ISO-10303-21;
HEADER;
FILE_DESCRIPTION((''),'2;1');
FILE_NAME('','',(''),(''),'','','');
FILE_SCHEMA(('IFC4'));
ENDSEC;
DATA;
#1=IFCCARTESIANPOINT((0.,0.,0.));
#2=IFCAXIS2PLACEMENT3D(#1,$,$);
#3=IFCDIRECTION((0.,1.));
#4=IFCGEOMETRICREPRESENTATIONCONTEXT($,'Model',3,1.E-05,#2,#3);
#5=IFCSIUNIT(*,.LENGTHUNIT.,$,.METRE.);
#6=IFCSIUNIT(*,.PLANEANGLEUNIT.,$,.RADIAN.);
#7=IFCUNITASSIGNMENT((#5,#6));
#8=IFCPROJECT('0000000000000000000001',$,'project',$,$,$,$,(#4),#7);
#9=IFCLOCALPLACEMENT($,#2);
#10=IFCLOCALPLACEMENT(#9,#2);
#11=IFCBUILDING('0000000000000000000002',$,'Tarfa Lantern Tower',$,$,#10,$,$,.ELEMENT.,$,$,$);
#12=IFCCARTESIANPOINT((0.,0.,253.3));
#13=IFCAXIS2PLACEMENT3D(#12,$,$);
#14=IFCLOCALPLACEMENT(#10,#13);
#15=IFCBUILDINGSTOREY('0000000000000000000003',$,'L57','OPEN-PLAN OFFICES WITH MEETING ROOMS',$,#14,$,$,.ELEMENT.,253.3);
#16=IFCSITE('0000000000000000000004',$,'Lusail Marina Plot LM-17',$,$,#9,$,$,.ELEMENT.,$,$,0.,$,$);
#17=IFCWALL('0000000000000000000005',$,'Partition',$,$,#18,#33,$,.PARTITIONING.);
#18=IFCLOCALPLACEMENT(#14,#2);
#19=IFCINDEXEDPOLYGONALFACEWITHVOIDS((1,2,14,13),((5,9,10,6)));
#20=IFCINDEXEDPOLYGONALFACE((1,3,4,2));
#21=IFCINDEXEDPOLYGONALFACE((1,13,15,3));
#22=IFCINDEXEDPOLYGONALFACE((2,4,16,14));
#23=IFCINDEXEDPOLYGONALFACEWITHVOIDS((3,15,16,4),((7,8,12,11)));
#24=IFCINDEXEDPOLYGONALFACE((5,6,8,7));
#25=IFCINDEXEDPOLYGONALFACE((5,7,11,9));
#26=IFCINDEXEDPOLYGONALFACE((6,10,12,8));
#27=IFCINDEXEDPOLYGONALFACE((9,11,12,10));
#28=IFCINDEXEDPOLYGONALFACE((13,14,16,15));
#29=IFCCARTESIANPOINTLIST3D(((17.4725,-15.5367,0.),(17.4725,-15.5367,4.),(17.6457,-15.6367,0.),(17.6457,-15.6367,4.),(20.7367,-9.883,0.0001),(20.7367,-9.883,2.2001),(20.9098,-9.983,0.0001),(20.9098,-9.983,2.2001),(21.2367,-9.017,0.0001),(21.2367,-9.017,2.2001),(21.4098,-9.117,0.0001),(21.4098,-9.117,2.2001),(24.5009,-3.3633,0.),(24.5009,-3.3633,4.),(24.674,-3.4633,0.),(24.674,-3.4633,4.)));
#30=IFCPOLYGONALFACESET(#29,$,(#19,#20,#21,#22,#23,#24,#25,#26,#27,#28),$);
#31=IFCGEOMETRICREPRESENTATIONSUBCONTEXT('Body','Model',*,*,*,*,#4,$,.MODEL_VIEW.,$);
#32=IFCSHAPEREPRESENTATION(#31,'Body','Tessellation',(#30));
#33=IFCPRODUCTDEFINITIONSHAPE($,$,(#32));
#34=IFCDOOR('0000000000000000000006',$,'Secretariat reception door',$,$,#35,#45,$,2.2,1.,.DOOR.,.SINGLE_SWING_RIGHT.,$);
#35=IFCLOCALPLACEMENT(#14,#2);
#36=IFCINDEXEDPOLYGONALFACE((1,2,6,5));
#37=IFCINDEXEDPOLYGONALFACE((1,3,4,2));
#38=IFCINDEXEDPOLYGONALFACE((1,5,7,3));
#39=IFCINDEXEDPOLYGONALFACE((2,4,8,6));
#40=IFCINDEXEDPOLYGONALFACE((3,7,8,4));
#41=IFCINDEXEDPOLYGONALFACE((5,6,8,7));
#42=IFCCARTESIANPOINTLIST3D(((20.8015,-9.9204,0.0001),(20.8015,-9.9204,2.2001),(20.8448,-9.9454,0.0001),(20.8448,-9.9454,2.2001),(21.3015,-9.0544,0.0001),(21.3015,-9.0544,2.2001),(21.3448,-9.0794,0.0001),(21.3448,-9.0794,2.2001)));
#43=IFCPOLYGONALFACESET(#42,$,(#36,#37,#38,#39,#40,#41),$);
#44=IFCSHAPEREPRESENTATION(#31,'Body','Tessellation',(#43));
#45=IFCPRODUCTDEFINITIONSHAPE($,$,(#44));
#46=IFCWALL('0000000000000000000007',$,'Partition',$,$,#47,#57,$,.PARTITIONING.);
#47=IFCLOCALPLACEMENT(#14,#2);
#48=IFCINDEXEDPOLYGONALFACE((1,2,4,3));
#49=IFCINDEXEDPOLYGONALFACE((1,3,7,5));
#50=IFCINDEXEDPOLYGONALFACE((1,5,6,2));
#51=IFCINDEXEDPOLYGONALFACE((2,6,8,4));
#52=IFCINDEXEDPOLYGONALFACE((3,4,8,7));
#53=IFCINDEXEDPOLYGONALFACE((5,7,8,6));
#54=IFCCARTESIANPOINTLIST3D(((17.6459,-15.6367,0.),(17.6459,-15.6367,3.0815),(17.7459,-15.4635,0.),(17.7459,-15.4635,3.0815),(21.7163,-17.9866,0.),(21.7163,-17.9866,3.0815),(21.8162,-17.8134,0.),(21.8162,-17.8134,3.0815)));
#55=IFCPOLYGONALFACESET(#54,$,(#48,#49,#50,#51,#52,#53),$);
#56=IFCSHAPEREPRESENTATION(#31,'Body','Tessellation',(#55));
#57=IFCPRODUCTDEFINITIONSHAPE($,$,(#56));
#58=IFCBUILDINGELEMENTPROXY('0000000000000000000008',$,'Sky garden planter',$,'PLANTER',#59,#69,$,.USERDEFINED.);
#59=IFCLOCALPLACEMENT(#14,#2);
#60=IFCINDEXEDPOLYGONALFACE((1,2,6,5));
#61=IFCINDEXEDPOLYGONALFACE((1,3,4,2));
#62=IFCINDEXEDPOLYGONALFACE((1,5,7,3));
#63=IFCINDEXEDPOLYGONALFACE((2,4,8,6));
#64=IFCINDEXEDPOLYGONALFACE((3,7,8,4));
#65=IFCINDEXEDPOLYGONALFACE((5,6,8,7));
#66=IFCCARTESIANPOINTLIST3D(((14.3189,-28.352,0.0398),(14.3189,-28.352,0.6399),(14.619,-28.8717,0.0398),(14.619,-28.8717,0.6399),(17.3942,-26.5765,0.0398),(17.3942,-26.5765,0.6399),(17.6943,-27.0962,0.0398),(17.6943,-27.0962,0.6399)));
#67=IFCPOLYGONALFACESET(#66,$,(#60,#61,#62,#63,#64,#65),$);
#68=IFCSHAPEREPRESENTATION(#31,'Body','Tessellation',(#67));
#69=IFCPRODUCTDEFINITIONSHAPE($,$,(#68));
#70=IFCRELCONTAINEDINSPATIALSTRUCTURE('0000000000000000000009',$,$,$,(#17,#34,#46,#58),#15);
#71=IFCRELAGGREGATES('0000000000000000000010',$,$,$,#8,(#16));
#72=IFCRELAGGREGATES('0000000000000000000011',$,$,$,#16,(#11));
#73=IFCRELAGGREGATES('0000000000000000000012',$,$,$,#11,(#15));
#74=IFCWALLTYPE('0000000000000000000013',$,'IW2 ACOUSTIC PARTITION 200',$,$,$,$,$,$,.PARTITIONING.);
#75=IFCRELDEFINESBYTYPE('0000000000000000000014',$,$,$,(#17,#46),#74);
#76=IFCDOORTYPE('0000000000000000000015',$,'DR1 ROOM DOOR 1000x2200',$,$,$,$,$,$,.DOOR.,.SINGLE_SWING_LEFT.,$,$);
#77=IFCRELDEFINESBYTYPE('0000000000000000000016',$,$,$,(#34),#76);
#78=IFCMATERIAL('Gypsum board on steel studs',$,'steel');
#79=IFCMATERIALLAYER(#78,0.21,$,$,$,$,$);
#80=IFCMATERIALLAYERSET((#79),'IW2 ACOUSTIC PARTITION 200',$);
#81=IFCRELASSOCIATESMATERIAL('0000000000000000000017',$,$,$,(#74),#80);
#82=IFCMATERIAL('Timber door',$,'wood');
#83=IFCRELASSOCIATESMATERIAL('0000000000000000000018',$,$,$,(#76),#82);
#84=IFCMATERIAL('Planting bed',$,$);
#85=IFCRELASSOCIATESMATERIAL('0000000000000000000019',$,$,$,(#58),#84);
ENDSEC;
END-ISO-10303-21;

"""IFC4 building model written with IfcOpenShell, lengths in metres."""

from ifc_helpers import new_model, si_unit, direction, frame, frame_2d, origin, origin_2d, place, context, subcontext, project, spatial, rectangle, extrude, material, layer, layer_set, type_object, element, fill, save


model = new_model("IFC4")

# Units and contexts
model_context = context("Model", 3, precision=1e-05, world=origin(), true_north=direction((0.0, 1.0)))
body_context = subcontext(model_context, "Body", "Model", "MODEL_VIEW")
ifc_project = project(units=[si_unit("LENGTHUNIT", "METRE"), si_unit("PLANEANGLEUNIT", "RADIAN")], contexts=[model_context])

# Site, building, storey
site_placement = place(None, origin())
site = spatial("IfcSite", under=ifc_project, at=site_placement, Name="Lusail Marina Plot LM-17", CompositionType="ELEMENT", RefElevation=0.0)
building_placement = place(site_placement, origin())
building = spatial("IfcBuilding", under=site, at=building_placement, Name="Tarfa Lantern Tower", CompositionType="ELEMENT")
storey_placement = place(building_placement, frame((0.0, 0.0, 253.3)))
storey = spatial("IfcBuildingStorey", under=building, at=storey_placement, Name="L57", Description="OPEN-PLAN OFFICES WITH MEETING ROOMS", CompositionType="ELEMENT", Elevation=253.3)

# Wall, opening, door
ifc_material_1 = material(Name="Gypsum board on steel studs", Category="steel")
ifc_layer_1 = layer(ifc_material_1, 0.21)
ifc_layer_set_1 = layer_set([ifc_layer_1], Name="IW2 ACOUSTIC PARTITION 200")
wall_type_1 = type_object("IfcWallType", Name="IW2 ACOUSTIC PARTITION 200", PredefinedType="PARTITIONING", material=ifc_layer_set_1)
wall_1_placement = place(storey_placement, frame((17.5591, -15.5867, 0.0), z_axis=(0.0, 0.0, 1.0), x_axis=(0.500002, 0.866024, 0.0)))
wall_1 = element("IfcWall", 1, at=wall_1_placement, inside=storey, type_object=wall_type_1, Name="Partition", PredefinedType="PARTITIONING", context=body_context, shape_type="SweptSolid", body=[
    extrude(rectangle(XDim=14.0566, YDim=0.2, at=frame_2d((7.0283, 0.0))), origin(), (0.0, 0.0, 1.0), 4.0),
])
opening_1_placement = place(wall_1_placement, frame((6.5283, 0.0, 0.0)))
opening_1 = element("IfcOpeningElement", 2, at=opening_1_placement, cuts=wall_1, PredefinedType="OPENING", context=body_context, shape_type="SweptSolid", body=[
    extrude(rectangle(XDim=1.0, YDim=2.2, at=frame_2d((0.5, 1.1001))), frame((0.0, 0.1099, 0.0), z_axis=(0.0, -1.0, 0.0), x_axis=(1.0, 0.0, 0.0)), (0.0, 0.0, 1.0), 0.22),
])
ifc_material_2 = material(Name="Timber door", Category="wood")
door_type_1 = type_object("IfcDoorType", Name="DR1 ROOM DOOR 1000x2200", OperationType="SINGLE_SWING_LEFT", PredefinedType="DOOR", material=ifc_material_2)
door_1_placement = place(opening_1_placement, frame((1.0, 0.0, 0.0), z_axis=(0.0, 0.0, 1.0), x_axis=(-1.0, 0.0, 0.0)))
door_1 = element("IfcDoor", 3, at=door_1_placement, inside=storey, type_object=door_type_1, Name="Secretariat reception door", OperationType="SINGLE_SWING_RIGHT", OverallHeight=2.2, OverallWidth=1.0, PredefinedType="DOOR", context=body_context, shape_type="SweptSolid", body=[
    extrude(rectangle(XDim=1.0, YDim=2.2, at=frame_2d((0.5, 1.1001))), frame((0.0, 0.0249, 0.0), z_axis=(0.0, -1.0, 0.0), x_axis=(1.0, 0.0, 0.0)), (0.0, 0.0, 1.0), 0.05),
])
fill(opening_1, door_1)

# Wall
wall_2_placement = place(storey_placement, frame((17.6958, -15.55, 0.0), z_axis=(0.0, 0.0, 1.0), x_axis=(0.866039, -0.499977, 0.0)))
element("IfcWall", 4, at=wall_2_placement, inside=storey, type_object=wall_type_1, Name="Partition", PredefinedType="PARTITIONING", context=body_context, shape_type="SweptSolid", body=[
    extrude(rectangle(XDim=4.7, YDim=0.2, at=frame_2d((2.3501, 0.0))), origin(), (0.0, 0.0, 1.0), 3.0815),
])

# Building element proxy
ifc_material_3 = material(Name="Planting bed")
proxy_placement = place(storey_placement, frame((16.0066, -27.7241, 0.0398), z_axis=(0.0, 0.0, 1.0), x_axis=(0.866025, 0.5, 0.0)))
element("IfcBuildingElementProxy", 5, at=proxy_placement, inside=storey, material=ifc_material_3, Name="Sky garden planter", ObjectType="PLANTER", PredefinedType="USERDEFINED", context=body_context, shape_type="SweptSolid", body=[
    extrude(rectangle(XDim=3.551, YDim=0.6001, at=origin_2d()), origin(), (0.0, 0.0, 1.0), 0.6001),
])

save(model, "model.ifc")
